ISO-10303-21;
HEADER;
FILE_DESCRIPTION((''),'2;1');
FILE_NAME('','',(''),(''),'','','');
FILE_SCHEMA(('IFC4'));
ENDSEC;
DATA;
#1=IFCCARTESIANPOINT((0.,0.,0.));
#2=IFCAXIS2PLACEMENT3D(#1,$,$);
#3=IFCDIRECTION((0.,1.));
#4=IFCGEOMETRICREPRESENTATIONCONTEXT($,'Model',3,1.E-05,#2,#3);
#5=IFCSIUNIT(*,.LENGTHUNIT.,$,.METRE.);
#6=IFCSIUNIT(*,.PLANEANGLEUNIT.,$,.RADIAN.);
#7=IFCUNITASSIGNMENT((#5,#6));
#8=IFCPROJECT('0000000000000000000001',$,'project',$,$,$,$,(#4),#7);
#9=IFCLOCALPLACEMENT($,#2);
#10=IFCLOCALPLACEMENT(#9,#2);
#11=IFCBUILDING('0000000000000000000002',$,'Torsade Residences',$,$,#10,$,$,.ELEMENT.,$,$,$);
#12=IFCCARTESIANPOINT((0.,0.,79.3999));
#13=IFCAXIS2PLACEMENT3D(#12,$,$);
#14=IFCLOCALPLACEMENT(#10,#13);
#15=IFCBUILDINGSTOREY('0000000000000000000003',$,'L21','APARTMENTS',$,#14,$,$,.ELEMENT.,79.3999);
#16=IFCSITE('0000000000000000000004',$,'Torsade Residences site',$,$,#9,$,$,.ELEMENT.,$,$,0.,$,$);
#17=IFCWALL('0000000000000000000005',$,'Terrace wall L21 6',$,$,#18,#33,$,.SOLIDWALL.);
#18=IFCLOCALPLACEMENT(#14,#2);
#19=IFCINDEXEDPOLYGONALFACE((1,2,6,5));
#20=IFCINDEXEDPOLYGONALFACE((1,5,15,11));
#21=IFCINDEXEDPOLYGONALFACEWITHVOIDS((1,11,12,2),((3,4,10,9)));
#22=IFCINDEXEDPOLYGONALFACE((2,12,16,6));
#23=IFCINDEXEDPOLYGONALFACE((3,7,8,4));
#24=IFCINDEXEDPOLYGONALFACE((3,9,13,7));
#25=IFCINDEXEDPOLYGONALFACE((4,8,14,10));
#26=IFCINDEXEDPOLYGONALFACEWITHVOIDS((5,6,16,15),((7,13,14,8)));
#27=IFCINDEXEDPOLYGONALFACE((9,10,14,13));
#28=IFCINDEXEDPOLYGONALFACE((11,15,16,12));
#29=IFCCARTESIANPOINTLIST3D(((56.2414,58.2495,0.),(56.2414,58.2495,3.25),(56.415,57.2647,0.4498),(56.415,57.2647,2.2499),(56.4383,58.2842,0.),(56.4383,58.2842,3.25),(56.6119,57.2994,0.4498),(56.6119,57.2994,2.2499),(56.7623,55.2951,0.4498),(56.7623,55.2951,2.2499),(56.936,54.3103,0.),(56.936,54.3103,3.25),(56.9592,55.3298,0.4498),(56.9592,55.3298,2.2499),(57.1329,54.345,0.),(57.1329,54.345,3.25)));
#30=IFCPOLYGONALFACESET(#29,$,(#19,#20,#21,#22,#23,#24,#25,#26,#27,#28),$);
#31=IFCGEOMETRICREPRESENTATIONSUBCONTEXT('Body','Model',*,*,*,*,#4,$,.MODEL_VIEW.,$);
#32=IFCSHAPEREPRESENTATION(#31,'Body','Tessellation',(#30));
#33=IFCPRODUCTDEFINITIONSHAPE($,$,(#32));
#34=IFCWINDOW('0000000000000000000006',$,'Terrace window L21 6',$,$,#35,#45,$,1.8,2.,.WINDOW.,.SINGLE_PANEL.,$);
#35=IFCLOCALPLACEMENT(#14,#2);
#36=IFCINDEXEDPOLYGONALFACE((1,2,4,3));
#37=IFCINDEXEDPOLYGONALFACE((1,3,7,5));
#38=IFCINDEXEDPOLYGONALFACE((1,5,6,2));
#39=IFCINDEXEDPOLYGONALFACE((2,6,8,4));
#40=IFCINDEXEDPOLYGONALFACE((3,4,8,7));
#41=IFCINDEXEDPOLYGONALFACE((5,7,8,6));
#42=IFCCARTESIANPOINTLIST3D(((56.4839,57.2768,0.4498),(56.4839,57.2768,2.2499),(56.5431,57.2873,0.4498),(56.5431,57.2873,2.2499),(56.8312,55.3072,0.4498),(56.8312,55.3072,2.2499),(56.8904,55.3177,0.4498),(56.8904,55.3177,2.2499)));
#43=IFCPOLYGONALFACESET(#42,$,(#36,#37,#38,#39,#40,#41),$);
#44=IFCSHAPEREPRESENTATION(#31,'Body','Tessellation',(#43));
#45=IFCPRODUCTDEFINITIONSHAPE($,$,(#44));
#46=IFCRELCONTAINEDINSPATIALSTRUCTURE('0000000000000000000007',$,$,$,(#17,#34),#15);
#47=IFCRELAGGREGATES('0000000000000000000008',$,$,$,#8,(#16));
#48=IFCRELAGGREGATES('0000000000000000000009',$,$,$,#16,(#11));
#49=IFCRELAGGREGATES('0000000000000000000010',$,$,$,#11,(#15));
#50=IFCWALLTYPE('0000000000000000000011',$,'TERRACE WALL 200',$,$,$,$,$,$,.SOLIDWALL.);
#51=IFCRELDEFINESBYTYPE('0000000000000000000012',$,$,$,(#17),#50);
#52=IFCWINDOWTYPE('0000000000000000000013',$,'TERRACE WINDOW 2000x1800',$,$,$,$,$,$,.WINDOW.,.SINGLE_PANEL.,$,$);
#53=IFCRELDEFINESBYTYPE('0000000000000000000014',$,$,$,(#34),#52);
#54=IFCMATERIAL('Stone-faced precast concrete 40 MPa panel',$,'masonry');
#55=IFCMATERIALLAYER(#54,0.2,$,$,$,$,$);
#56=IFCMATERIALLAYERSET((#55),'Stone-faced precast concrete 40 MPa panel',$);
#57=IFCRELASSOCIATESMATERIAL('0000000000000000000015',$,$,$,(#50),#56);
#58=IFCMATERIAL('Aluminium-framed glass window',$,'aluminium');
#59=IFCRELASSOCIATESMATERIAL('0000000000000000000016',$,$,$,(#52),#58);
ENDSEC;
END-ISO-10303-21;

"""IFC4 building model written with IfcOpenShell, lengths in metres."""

from ifc_helpers import new_model, si_unit, direction, frame, frame_2d, origin, place, context, subcontext, project, spatial, rectangle, extrude, material, layer, layer_set, type_object, element, fill, save


model = new_model("IFC4")

# Units and contexts
model_context = context("Model", 3, precision=1e-05, world=origin(), true_north=direction((0.0, 1.0)))
body_context = subcontext(model_context, "Body", "Model", "MODEL_VIEW")
ifc_project = project(units=[si_unit("LENGTHUNIT", "METRE"), si_unit("PLANEANGLEUNIT", "RADIAN")], contexts=[model_context])

# Site, building, storey
site_placement = place(None, origin())
site = spatial("IfcSite", under=ifc_project, at=site_placement, Name="Torsade Residences site", CompositionType="ELEMENT", RefElevation=0.0)
building_placement = place(site_placement, origin())
building = spatial("IfcBuilding", under=site, at=building_placement, Name="Torsade Residences", CompositionType="ELEMENT")
storey_placement = place(building_placement, frame((0.0, 0.0, 79.3999)))
storey = spatial("IfcBuildingStorey", under=building, at=storey_placement, Name="L21", Description="APARTMENTS", CompositionType="ELEMENT", Elevation=79.3999)

# Shared definitions
ifc_material_1 = material(Name="Stone-faced precast concrete 40 MPa panel", Category="masonry")
ifc_layer_1 = layer(ifc_material_1, 0.2)
ifc_layer_set_1 = layer_set([ifc_layer_1], Name="Stone-faced precast concrete 40 MPa panel")
wall_type = type_object("IfcWallType", Name="TERRACE WALL 200", PredefinedType="SOLIDWALL", material=ifc_layer_set_1)

# Wall, opening, window
wall_1_placement = place(storey_placement, frame((57.0344, 54.3276, 0.0), z_axis=(0.0, 0.0, 1.0), x_axis=(-0.173646, 0.984808, 0.0)))
wall_1 = element("IfcWall", 1, at=wall_1_placement, inside=storey, type_object=wall_type, Name="Terrace wall L21 6", PredefinedType="SOLIDWALL", context=body_context, shape_type="SweptSolid", body=[
    extrude(rectangle(XDim=4.0, YDim=0.2, at=frame_2d((2.0, 0.0))), origin(), (0.0, 0.0, 1.0), 3.25),
])
opening_1_placement = place(wall_1_placement, frame((1.0, 0.0, 0.45)))
opening_1 = element("IfcOpeningElement", 2, at=opening_1_placement, cuts=wall_1, PredefinedType="OPENING", context=body_context, shape_type="SweptSolid", body=[
    extrude(rectangle(XDim=2.0, YDim=1.8, at=frame_2d((1.0, 0.8999))), frame((0.0, 0.1099, 0.0), z_axis=(0.0, -1.0, 0.0), x_axis=(1.0, 0.0, 0.0)), (0.0, 0.0, 1.0), 0.22),
])
ifc_material_2 = material(Name="Aluminium-framed glass window", Category="aluminium")
window_type = type_object("IfcWindowType", Name="TERRACE WINDOW 2000x1800", PartitioningType="SINGLE_PANEL", PredefinedType="WINDOW", material=ifc_material_2)
window_placement = place(opening_1_placement, origin())
window = element("IfcWindow", 3, at=window_placement, inside=storey, type_object=window_type, Name="Terrace window L21 6", OverallHeight=1.8, OverallWidth=2.0, PartitioningType="SINGLE_PANEL", PredefinedType="WINDOW", context=body_context, shape_type="SweptSolid", body=[
    extrude(rectangle(XDim=2.0, YDim=1.8, at=frame_2d((1.0, 0.8999))), frame((0.0, 0.03, 0.0), z_axis=(0.0, -1.0, 0.0), x_axis=(1.0, 0.0, 0.0)), (0.0, 0.0, 1.0), 0.0601),
])
fill(opening_1, window)

save(model, "model.ifc")
